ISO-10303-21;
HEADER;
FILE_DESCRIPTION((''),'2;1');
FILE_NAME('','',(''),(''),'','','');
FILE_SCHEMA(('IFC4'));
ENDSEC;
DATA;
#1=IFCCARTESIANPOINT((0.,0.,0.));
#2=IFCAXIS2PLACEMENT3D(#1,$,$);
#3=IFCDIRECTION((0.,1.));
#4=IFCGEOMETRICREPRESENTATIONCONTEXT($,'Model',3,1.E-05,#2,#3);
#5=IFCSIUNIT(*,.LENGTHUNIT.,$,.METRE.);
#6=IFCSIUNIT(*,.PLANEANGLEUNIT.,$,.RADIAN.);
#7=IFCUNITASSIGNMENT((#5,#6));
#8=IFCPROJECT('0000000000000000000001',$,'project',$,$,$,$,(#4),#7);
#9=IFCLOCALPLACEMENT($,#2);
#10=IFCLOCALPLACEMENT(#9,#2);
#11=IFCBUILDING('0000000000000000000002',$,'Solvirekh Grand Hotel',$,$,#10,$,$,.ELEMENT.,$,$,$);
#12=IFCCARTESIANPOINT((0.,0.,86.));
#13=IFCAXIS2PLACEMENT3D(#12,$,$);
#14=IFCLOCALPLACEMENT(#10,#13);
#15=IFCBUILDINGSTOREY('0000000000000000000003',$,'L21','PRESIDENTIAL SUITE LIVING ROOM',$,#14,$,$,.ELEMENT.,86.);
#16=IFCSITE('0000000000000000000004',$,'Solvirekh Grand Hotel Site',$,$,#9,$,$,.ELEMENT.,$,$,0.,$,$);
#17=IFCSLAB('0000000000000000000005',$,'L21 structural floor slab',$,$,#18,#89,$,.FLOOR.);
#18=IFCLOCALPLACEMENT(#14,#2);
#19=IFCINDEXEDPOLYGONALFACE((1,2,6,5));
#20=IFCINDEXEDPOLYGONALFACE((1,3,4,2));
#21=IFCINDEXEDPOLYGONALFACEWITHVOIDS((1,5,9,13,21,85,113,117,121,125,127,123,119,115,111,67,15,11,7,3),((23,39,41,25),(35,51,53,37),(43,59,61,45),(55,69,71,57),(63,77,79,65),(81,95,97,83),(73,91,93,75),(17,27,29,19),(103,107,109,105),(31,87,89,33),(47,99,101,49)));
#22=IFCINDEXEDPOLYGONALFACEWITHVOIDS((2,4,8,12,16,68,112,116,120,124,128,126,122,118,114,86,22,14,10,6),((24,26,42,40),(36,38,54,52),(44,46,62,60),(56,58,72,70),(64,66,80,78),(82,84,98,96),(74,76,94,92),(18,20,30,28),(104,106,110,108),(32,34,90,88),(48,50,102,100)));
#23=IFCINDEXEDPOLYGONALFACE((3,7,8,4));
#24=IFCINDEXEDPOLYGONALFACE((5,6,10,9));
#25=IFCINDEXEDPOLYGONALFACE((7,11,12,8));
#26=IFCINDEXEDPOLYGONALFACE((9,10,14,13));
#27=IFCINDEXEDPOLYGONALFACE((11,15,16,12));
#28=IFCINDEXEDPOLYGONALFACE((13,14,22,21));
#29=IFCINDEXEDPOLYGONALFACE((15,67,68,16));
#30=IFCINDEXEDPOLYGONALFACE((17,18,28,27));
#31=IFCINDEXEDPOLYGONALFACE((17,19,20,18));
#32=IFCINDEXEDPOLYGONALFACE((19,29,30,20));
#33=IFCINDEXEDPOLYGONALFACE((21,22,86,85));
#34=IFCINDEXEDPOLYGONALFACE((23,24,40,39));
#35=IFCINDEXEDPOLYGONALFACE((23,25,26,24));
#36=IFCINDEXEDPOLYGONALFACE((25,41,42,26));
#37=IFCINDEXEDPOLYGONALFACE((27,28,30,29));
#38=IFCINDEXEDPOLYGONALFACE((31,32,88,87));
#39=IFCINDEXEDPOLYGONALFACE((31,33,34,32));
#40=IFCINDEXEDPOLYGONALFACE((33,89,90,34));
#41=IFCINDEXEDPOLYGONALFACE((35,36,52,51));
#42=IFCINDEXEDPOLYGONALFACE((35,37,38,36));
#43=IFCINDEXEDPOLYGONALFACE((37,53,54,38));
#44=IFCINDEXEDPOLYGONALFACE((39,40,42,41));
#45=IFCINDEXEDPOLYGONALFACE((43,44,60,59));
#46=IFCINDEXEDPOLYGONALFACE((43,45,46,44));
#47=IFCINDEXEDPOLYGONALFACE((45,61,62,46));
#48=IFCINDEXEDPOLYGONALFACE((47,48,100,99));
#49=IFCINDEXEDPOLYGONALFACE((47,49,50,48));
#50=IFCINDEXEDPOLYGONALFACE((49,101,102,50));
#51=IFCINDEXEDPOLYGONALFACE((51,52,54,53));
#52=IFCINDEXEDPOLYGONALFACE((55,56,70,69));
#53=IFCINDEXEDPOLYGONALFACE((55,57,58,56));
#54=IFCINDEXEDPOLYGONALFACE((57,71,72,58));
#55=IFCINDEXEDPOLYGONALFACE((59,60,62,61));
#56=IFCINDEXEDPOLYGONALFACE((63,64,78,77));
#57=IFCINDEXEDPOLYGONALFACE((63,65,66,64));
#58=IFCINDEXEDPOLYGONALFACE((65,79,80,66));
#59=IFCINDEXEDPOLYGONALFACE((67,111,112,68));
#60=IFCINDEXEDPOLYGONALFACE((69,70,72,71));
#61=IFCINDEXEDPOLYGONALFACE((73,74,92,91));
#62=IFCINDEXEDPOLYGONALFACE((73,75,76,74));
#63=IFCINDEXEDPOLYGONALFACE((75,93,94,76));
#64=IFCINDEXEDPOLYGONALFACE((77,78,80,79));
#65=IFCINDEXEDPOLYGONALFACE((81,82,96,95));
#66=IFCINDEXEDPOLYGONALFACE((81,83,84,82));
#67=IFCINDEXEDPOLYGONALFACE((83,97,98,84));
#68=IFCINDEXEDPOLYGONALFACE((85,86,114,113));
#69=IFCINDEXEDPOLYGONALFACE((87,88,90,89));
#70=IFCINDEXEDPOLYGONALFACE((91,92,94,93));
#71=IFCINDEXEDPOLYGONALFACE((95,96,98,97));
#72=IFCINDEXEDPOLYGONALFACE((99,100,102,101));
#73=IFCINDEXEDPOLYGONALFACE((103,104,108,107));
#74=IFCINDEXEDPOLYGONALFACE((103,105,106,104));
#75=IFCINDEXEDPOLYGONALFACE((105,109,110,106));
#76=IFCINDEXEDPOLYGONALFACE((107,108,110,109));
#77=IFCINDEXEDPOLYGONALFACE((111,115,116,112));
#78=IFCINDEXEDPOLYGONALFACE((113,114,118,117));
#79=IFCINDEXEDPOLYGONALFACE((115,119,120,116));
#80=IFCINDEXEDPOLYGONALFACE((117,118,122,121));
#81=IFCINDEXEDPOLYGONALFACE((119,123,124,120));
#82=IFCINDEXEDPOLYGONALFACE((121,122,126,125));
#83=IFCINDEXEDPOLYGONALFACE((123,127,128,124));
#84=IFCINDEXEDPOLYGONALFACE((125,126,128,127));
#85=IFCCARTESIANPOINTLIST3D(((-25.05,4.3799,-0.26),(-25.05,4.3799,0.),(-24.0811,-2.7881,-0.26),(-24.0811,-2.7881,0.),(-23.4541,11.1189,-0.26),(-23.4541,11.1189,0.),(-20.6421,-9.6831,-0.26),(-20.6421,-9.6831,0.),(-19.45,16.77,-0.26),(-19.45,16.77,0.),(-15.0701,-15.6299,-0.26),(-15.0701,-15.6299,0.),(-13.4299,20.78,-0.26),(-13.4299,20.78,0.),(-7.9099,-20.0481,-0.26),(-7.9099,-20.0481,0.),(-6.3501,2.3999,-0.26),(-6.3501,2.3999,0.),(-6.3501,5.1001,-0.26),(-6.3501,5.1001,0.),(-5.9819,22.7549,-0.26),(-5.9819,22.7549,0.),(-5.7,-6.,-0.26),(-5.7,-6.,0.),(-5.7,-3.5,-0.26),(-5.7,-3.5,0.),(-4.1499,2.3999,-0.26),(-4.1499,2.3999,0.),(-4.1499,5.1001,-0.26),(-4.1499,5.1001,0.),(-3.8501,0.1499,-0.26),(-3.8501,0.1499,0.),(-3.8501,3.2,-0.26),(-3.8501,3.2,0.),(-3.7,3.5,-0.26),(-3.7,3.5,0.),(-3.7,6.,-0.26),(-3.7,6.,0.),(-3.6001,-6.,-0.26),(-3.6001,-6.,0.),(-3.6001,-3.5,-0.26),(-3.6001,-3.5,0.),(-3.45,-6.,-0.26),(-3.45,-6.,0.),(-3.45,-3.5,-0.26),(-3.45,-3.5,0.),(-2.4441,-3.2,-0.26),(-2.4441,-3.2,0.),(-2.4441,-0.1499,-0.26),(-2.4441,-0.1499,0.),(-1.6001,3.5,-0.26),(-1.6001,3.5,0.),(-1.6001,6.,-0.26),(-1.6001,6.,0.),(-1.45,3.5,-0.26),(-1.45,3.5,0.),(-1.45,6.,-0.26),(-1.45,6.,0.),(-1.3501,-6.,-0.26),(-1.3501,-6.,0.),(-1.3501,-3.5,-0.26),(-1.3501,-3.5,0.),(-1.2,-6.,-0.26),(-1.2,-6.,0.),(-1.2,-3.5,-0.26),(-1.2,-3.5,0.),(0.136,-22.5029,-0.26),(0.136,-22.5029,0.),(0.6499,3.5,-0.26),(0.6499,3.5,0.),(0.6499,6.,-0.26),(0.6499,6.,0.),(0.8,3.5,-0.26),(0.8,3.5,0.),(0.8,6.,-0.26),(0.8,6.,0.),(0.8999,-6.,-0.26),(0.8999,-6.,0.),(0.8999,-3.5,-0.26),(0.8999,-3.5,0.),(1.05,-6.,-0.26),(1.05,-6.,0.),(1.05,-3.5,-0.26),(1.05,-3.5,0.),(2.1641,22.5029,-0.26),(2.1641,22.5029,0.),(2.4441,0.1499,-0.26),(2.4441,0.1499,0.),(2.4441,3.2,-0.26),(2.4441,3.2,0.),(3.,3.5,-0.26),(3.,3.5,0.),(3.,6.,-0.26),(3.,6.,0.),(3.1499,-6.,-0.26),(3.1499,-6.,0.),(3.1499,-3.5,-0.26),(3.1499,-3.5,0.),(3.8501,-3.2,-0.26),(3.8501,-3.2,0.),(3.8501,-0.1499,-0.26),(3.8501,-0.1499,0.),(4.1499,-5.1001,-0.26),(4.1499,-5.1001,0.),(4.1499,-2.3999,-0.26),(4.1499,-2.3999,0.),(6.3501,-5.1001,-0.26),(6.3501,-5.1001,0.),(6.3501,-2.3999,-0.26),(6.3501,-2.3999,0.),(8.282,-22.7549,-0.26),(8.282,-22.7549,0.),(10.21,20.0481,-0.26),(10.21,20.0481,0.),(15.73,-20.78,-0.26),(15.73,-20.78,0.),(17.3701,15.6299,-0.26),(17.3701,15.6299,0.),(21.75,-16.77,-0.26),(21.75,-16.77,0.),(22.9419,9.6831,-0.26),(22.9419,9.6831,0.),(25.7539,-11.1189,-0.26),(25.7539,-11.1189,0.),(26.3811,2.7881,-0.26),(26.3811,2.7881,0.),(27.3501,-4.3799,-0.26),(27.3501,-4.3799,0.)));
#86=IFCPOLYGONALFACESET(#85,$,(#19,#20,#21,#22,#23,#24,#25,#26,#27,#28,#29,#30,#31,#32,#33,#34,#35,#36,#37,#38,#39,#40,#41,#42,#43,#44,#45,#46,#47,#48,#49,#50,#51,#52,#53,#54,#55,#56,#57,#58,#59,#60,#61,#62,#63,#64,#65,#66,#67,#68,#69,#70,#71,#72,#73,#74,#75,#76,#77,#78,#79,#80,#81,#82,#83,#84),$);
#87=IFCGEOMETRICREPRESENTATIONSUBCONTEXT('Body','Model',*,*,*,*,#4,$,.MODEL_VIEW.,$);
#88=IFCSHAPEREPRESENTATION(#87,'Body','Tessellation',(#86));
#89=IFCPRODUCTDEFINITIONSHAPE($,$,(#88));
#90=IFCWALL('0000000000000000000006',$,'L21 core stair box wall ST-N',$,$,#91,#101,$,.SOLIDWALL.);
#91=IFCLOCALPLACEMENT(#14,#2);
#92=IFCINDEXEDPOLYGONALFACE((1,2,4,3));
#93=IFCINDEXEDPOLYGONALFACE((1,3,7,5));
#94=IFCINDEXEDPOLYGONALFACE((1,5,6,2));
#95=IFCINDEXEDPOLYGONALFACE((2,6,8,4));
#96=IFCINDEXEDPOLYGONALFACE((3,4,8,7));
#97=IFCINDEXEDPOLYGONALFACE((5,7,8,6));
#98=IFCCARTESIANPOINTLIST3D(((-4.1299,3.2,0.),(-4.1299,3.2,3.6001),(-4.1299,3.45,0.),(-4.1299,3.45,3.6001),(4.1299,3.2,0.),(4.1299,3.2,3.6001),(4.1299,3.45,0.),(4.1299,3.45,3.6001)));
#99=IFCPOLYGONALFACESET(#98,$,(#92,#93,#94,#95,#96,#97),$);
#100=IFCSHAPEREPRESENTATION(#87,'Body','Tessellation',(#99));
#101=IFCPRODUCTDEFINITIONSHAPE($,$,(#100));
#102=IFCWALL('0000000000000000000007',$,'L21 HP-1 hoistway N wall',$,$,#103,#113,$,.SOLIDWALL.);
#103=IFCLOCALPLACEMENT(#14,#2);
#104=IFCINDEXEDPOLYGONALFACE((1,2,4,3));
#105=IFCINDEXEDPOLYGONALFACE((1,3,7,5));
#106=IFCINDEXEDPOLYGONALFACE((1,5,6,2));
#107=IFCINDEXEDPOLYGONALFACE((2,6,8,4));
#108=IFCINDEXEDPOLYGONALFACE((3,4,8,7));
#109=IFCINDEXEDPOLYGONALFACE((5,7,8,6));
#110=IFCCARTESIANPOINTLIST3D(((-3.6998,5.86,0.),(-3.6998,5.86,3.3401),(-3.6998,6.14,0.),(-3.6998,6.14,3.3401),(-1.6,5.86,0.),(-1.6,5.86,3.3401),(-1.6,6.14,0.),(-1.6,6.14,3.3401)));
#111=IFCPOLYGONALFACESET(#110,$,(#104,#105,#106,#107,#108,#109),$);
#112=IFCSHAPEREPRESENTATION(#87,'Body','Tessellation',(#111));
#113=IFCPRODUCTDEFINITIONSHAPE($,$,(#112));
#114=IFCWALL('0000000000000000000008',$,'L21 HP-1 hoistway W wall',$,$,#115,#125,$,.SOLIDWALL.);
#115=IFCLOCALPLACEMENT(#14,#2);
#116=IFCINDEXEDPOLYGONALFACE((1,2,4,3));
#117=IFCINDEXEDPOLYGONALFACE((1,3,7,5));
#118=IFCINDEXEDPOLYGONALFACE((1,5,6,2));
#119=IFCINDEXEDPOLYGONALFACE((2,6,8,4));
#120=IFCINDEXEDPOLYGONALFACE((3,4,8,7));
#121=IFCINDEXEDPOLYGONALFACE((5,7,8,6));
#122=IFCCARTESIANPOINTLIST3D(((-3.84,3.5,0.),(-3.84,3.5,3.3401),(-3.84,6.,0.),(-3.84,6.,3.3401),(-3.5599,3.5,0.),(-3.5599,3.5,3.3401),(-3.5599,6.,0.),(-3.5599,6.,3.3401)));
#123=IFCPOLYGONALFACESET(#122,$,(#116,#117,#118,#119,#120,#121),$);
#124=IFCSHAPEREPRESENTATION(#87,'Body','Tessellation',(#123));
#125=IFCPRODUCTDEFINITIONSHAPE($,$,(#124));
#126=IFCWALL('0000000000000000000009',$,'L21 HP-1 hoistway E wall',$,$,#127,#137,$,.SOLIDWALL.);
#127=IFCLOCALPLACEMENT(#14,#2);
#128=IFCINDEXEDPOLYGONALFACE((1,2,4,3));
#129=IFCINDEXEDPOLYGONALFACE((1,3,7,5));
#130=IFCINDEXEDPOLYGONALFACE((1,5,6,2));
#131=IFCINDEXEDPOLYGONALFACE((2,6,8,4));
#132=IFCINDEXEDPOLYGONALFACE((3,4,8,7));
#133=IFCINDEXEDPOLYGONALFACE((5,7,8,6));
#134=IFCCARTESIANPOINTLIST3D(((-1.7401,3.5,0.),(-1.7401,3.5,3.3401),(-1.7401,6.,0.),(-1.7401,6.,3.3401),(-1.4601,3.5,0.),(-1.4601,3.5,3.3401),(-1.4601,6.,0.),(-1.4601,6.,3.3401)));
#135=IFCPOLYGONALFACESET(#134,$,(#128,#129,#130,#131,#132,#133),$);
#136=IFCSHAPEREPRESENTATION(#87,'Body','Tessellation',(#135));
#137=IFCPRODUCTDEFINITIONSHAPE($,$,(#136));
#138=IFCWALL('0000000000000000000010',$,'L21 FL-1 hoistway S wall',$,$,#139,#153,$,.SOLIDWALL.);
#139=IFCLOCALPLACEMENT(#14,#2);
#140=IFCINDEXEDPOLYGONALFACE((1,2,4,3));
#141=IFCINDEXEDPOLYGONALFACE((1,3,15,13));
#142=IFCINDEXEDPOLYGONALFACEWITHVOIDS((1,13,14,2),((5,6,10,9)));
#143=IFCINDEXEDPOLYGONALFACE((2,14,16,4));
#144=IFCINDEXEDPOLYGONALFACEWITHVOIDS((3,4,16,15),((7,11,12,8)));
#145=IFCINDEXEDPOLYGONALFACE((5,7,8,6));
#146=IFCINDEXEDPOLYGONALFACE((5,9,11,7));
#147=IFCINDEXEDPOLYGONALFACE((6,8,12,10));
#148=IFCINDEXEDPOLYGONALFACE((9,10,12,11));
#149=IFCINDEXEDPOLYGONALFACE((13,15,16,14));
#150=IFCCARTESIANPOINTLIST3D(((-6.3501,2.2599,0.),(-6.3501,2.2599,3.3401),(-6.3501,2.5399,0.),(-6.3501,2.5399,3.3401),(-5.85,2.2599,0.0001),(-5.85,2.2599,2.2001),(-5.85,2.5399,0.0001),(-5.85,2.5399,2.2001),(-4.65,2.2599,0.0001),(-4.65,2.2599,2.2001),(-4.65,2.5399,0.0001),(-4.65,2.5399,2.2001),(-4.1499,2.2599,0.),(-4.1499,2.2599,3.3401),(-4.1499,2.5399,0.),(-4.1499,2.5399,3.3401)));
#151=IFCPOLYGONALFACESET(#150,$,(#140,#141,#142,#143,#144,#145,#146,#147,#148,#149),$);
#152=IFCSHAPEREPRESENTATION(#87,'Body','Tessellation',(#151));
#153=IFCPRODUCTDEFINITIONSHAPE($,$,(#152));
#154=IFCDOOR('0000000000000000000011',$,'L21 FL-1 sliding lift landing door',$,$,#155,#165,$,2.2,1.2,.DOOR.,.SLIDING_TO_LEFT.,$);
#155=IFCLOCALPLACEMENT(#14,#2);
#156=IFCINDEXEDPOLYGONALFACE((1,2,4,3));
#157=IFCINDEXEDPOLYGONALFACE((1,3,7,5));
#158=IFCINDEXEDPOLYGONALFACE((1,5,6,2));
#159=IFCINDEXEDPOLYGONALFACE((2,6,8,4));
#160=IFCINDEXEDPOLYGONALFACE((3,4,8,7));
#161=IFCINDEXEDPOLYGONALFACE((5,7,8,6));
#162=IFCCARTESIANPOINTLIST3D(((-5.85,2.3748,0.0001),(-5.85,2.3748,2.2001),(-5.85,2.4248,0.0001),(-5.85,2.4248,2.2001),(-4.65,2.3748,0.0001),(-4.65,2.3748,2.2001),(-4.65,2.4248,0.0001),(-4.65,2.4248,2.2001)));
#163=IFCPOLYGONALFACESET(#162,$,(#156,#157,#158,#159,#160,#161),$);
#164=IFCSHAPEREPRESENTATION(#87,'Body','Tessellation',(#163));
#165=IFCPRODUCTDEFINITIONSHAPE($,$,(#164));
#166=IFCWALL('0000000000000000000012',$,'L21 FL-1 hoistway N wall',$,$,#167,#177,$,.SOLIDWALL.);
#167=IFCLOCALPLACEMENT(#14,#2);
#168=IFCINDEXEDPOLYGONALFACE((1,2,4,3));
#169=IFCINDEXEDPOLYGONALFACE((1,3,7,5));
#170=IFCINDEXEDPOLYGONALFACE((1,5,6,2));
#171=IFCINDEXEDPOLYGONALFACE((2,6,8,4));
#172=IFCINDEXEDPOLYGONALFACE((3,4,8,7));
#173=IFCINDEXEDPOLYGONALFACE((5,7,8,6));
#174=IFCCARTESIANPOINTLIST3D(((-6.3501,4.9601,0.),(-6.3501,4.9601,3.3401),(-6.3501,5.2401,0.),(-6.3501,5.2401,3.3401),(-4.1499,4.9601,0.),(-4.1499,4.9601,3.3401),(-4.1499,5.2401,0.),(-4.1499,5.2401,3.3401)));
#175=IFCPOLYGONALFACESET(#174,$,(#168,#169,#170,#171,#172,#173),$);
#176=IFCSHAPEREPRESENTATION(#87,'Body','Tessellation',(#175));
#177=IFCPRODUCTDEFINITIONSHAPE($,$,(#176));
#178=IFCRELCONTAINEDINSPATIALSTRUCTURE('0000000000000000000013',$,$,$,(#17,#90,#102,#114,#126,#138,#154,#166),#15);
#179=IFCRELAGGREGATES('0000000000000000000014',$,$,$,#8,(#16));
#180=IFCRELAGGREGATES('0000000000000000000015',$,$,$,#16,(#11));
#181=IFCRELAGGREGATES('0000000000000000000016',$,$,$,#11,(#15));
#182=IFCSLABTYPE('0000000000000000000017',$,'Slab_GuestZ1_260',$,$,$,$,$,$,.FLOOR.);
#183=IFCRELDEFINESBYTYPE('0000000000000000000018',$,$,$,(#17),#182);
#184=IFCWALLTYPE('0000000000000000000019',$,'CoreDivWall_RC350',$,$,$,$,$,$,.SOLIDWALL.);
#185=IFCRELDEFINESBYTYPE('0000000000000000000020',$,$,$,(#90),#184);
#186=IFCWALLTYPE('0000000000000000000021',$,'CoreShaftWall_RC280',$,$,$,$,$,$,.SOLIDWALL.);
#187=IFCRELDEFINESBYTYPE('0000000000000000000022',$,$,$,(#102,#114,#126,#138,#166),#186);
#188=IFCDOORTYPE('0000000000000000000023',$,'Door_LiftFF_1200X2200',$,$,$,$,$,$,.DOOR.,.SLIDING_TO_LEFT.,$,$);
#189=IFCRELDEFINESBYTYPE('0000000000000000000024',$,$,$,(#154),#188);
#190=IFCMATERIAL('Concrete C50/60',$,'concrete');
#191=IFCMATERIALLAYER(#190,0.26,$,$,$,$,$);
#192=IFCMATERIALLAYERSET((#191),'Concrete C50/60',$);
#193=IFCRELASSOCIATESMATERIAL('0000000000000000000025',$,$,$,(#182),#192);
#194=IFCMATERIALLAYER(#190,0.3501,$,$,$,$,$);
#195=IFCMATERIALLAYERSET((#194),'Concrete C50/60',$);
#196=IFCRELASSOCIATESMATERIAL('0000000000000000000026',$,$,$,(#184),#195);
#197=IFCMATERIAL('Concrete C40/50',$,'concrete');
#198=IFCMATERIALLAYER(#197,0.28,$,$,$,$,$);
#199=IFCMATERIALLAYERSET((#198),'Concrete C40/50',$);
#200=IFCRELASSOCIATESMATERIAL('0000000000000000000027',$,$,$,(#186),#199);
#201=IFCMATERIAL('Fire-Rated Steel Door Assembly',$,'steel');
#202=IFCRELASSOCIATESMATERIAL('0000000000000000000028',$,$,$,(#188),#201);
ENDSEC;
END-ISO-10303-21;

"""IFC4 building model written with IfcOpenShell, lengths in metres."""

from ifc_helpers import new_model, si_unit, direction, frame, frame_2d, origin, place, context, subcontext, project, spatial, polyline, rectangle, outline, extrude, material, layer, layer_set, type_object, element, fill, save


model = new_model("IFC4")

# Units and contexts
model_context = context("Model", 3, precision=1e-05, world=origin(), true_north=direction((0.0, 1.0)))
body_context = subcontext(model_context, "Body", "Model", "MODEL_VIEW")
ifc_project = project(units=[si_unit("LENGTHUNIT", "METRE"), si_unit("PLANEANGLEUNIT", "RADIAN")], contexts=[model_context])

# Site, building, storey
site_placement = place(None, origin())
site = spatial("IfcSite", under=ifc_project, at=site_placement, Name="Solvirekh Grand Hotel Site", CompositionType="ELEMENT", RefElevation=0.0)
building_placement = place(site_placement, origin())
building = spatial("IfcBuilding", under=site, at=building_placement, Name="Solvirekh Grand Hotel", CompositionType="ELEMENT")
storey_placement = place(building_placement, frame((0.0, 0.0, 86.0)))
storey = spatial("IfcBuildingStorey", under=building, at=storey_placement, Name="L21", Description="PRESIDENTIAL SUITE LIVING ROOM", CompositionType="ELEMENT", Elevation=86.0)

# Shared definitions
ifc_material_1 = material(Name="Concrete C50/60", Category="concrete")

# Shared definitions
ifc_material_2 = material(Name="Concrete C40/50", Category="concrete")

# Slab
ifc_layer_1 = layer(ifc_material_1, 0.26)
ifc_layer_set_1 = layer_set([ifc_layer_1], Name="Concrete C50/60")
slab_type_1 = type_object("IfcSlabType", Name="Slab_GuestZ1_260", PredefinedType="FLOOR", material=ifc_layer_set_1)
slab_1_placement = place(storey_placement, frame((0.0, 0.0, -0.26)))
element("IfcSlab", 1, at=slab_1_placement, inside=storey, type_object=slab_type_1, Name="L21 structural floor slab", PredefinedType="FLOOR", context=body_context, shape_type="SweptSolid", body=[
    extrude(outline(polyline([(25.7539, -11.1189), (27.3501, -4.3799), (26.3811, 2.7881), (22.9419, 9.6831), (17.3701, 15.6299), (10.21, 20.0481), (2.1641, 22.5029), (-5.9819, 22.7549), (-13.4299, 20.78), (-19.45, 16.77), (-23.4541, 11.1189), (-25.05, 4.3799), (-24.0811, -2.7881), (-20.6421, -9.6831), (-15.0701, -15.6299), (-7.9099, -20.0481), (0.136, -22.5029), (8.282, -22.7549), (15.73, -20.78), (21.75, -16.77), (25.7539, -11.1189)]), holes=[polyline([(-2.4441, -0.1499), (3.8501, -0.1499), (3.8501, -3.2), (-2.4441, -3.2), (-2.4441, -0.1499)]), polyline([(2.4441, 0.1499), (-3.8501, 0.1499), (-3.8501, 3.2), (2.4441, 3.2), (2.4441, 0.1499)]), polyline([(-5.7, -3.5), (-3.6001, -3.5), (-3.6001, -6.0), (-5.7, -6.0), (-5.7, -3.5)]), polyline([(-3.45, -3.5), (-1.3501, -3.5), (-1.3501, -6.0), (-3.45, -6.0), (-3.45, -3.5)]), polyline([(-1.2, -3.5), (0.8999, -3.5), (0.8999, -6.0), (-1.2, -6.0), (-1.2, -3.5)]), polyline([(1.05, -3.5), (3.1499, -3.5), (3.1499, -6.0), (1.05, -6.0), (1.05, -3.5)]), polyline([(-3.7, 6.0), (-1.6001, 6.0), (-1.6001, 3.5), (-3.7, 3.5), (-3.7, 6.0)]), polyline([(-1.45, 6.0), (0.6499, 6.0), (0.6499, 3.5), (-1.45, 3.5), (-1.45, 6.0)]), polyline([(0.8, 6.0), (3.0, 6.0), (3.0, 3.5), (0.8, 3.5), (0.8, 6.0)]), polyline([(-6.3501, 5.1001), (-4.1499, 5.1001), (-4.1499, 2.3999), (-6.3501, 2.3999), (-6.3501, 5.1001)]), polyline([(4.1499, -2.3999), (6.3501, -2.3999), (6.3501, -5.1001), (4.1499, -5.1001), (4.1499, -2.3999)])]), origin(), (0.0, 0.0, 1.0), 0.26),
])

# Walls
ifc_layer_2 = layer(ifc_material_1, 0.3501)
ifc_layer_set_2 = layer_set([ifc_layer_2], Name="Concrete C50/60")
wall_type_1 = type_object("IfcWallType", Name="CoreDivWall_RC350", PredefinedType="SOLIDWALL", material=ifc_layer_set_2)
wall_1_placement = place(storey_placement, frame((-4.1299, 3.325, 0.0), z_axis=(0.0, 0.0, 1.0), x_axis=(1.0, 0.0, 0.0)))
element("IfcWall", 2, at=wall_1_placement, inside=storey, type_object=wall_type_1, Name="L21 core stair box wall ST-N", PredefinedType="SOLIDWALL", context=body_context, shape_type="SweptSolid", body=[
    extrude(rectangle(XDim=8.2598, YDim=0.25, at=frame_2d((4.1299, 0.0))), origin(), (0.0, 0.0, 1.0), 3.6001),
])
ifc_layer_3 = layer(ifc_material_2, 0.28)
ifc_layer_set_3 = layer_set([ifc_layer_3], Name="Concrete C40/50")
wall_type_2 = type_object("IfcWallType", Name="CoreShaftWall_RC280", PredefinedType="SOLIDWALL", material=ifc_layer_set_3)
wall_2_placement = place(storey_placement, frame((-1.6001, 6.0, 0.0), z_axis=(0.0, 0.0, 1.0), x_axis=(-1.0, 0.0, 0.0)))
element("IfcWall", 3, at=wall_2_placement, inside=storey, type_object=wall_type_2, Name="L21 HP-1 hoistway N wall", PredefinedType="SOLIDWALL", context=body_context, shape_type="SweptSolid", body=[
    extrude(rectangle(XDim=2.0999, YDim=0.28, at=frame_2d((1.0498, 0.0))), origin(), (0.0, 0.0, 1.0), 3.3401),
])
for number, where, z_axis, x_axis, name in (
    (4, (-3.7, 6.0, 0.0), (0.0, 0.0, 1.0), (0.0, -1.0, 0.0), "L21 HP-1 hoistway W wall"),
    (5, (-1.6001, 3.5, 0.0), (0.0, 0.0, 1.0), (0.0, 1.0, 0.0), "L21 HP-1 hoistway E wall"),
):
    element("IfcWall", number, at=place(storey_placement, frame(where, z_axis=z_axis, x_axis=x_axis)), inside=storey, type_object=wall_type_2, Name=name, PredefinedType="SOLIDWALL", context=body_context, shape_type="SweptSolid", body=[
        extrude(rectangle(XDim=2.5, YDim=0.28, at=frame_2d((1.25, 0.0))), origin(), (0.0, 0.0, 1.0), 3.3401),
    ])

# Wall, opening, door
wall_3_placement = place(storey_placement, frame((-6.3501, 2.3999, 0.0), z_axis=(0.0, 0.0, 1.0), x_axis=(1.0, 0.0, 0.0)))
wall_3 = element("IfcWall", 6, at=wall_3_placement, inside=storey, type_object=wall_type_2, Name="L21 FL-1 hoistway S wall", PredefinedType="SOLIDWALL", context=body_context, shape_type="SweptSolid", body=[
    extrude(rectangle(XDim=2.2002, YDim=0.28, at=frame_2d((1.1001, 0.0))), origin(), (0.0, 0.0, 1.0), 3.3401),
])
opening_1_placement = place(wall_3_placement, frame((0.5, 0.0, 0.0)))
opening_1 = element("IfcOpeningElement", 7, at=opening_1_placement, cuts=wall_3, PredefinedType="OPENING", context=body_context, shape_type="SweptSolid", body=[
    extrude(rectangle(XDim=1.2, YDim=2.2, at=frame_2d((0.6001, 1.1001))), frame((0.0, 0.1499, 0.0), z_axis=(0.0, -1.0, 0.0), x_axis=(1.0, 0.0, 0.0)), (0.0, 0.0, 1.0), 0.3),
])
ifc_material_3 = material(Name="Fire-Rated Steel Door Assembly", Category="steel")
door_type = type_object("IfcDoorType", Name="Door_LiftFF_1200X2200", OperationType="SLIDING_TO_LEFT", PredefinedType="DOOR", material=ifc_material_3)
door_placement = place(opening_1_placement, origin())
door = element("IfcDoor", 8, at=door_placement, inside=storey, type_object=door_type, Name="L21 FL-1 sliding lift landing door", OperationType="SLIDING_TO_LEFT", OverallHeight=2.2, OverallWidth=1.2, PredefinedType="DOOR", context=body_context, shape_type="SweptSolid", body=[
    extrude(rectangle(XDim=1.2, YDim=2.2, at=frame_2d((0.6001, 1.1001))), frame((0.0, 0.0249, 0.0), z_axis=(0.0, -1.0, 0.0), x_axis=(1.0, 0.0, 0.0)), (0.0, 0.0, 1.0), 0.05),
])
fill(opening_1, door)

# Wall
wall_4_placement = place(storey_placement, frame((-4.1499, 5.1001, 0.0), z_axis=(0.0, 0.0, 1.0), x_axis=(-1.0, 0.0, 0.0)))
element("IfcWall", 9, at=wall_4_placement, inside=storey, type_object=wall_type_2, Name="L21 FL-1 hoistway N wall", PredefinedType="SOLIDWALL", context=body_context, shape_type="SweptSolid", body=[
    extrude(rectangle(XDim=2.2002, YDim=0.28, at=frame_2d((1.1001, 0.0))), origin(), (0.0, 0.0, 1.0), 3.3401),
])

save(model, "model.ifc")
